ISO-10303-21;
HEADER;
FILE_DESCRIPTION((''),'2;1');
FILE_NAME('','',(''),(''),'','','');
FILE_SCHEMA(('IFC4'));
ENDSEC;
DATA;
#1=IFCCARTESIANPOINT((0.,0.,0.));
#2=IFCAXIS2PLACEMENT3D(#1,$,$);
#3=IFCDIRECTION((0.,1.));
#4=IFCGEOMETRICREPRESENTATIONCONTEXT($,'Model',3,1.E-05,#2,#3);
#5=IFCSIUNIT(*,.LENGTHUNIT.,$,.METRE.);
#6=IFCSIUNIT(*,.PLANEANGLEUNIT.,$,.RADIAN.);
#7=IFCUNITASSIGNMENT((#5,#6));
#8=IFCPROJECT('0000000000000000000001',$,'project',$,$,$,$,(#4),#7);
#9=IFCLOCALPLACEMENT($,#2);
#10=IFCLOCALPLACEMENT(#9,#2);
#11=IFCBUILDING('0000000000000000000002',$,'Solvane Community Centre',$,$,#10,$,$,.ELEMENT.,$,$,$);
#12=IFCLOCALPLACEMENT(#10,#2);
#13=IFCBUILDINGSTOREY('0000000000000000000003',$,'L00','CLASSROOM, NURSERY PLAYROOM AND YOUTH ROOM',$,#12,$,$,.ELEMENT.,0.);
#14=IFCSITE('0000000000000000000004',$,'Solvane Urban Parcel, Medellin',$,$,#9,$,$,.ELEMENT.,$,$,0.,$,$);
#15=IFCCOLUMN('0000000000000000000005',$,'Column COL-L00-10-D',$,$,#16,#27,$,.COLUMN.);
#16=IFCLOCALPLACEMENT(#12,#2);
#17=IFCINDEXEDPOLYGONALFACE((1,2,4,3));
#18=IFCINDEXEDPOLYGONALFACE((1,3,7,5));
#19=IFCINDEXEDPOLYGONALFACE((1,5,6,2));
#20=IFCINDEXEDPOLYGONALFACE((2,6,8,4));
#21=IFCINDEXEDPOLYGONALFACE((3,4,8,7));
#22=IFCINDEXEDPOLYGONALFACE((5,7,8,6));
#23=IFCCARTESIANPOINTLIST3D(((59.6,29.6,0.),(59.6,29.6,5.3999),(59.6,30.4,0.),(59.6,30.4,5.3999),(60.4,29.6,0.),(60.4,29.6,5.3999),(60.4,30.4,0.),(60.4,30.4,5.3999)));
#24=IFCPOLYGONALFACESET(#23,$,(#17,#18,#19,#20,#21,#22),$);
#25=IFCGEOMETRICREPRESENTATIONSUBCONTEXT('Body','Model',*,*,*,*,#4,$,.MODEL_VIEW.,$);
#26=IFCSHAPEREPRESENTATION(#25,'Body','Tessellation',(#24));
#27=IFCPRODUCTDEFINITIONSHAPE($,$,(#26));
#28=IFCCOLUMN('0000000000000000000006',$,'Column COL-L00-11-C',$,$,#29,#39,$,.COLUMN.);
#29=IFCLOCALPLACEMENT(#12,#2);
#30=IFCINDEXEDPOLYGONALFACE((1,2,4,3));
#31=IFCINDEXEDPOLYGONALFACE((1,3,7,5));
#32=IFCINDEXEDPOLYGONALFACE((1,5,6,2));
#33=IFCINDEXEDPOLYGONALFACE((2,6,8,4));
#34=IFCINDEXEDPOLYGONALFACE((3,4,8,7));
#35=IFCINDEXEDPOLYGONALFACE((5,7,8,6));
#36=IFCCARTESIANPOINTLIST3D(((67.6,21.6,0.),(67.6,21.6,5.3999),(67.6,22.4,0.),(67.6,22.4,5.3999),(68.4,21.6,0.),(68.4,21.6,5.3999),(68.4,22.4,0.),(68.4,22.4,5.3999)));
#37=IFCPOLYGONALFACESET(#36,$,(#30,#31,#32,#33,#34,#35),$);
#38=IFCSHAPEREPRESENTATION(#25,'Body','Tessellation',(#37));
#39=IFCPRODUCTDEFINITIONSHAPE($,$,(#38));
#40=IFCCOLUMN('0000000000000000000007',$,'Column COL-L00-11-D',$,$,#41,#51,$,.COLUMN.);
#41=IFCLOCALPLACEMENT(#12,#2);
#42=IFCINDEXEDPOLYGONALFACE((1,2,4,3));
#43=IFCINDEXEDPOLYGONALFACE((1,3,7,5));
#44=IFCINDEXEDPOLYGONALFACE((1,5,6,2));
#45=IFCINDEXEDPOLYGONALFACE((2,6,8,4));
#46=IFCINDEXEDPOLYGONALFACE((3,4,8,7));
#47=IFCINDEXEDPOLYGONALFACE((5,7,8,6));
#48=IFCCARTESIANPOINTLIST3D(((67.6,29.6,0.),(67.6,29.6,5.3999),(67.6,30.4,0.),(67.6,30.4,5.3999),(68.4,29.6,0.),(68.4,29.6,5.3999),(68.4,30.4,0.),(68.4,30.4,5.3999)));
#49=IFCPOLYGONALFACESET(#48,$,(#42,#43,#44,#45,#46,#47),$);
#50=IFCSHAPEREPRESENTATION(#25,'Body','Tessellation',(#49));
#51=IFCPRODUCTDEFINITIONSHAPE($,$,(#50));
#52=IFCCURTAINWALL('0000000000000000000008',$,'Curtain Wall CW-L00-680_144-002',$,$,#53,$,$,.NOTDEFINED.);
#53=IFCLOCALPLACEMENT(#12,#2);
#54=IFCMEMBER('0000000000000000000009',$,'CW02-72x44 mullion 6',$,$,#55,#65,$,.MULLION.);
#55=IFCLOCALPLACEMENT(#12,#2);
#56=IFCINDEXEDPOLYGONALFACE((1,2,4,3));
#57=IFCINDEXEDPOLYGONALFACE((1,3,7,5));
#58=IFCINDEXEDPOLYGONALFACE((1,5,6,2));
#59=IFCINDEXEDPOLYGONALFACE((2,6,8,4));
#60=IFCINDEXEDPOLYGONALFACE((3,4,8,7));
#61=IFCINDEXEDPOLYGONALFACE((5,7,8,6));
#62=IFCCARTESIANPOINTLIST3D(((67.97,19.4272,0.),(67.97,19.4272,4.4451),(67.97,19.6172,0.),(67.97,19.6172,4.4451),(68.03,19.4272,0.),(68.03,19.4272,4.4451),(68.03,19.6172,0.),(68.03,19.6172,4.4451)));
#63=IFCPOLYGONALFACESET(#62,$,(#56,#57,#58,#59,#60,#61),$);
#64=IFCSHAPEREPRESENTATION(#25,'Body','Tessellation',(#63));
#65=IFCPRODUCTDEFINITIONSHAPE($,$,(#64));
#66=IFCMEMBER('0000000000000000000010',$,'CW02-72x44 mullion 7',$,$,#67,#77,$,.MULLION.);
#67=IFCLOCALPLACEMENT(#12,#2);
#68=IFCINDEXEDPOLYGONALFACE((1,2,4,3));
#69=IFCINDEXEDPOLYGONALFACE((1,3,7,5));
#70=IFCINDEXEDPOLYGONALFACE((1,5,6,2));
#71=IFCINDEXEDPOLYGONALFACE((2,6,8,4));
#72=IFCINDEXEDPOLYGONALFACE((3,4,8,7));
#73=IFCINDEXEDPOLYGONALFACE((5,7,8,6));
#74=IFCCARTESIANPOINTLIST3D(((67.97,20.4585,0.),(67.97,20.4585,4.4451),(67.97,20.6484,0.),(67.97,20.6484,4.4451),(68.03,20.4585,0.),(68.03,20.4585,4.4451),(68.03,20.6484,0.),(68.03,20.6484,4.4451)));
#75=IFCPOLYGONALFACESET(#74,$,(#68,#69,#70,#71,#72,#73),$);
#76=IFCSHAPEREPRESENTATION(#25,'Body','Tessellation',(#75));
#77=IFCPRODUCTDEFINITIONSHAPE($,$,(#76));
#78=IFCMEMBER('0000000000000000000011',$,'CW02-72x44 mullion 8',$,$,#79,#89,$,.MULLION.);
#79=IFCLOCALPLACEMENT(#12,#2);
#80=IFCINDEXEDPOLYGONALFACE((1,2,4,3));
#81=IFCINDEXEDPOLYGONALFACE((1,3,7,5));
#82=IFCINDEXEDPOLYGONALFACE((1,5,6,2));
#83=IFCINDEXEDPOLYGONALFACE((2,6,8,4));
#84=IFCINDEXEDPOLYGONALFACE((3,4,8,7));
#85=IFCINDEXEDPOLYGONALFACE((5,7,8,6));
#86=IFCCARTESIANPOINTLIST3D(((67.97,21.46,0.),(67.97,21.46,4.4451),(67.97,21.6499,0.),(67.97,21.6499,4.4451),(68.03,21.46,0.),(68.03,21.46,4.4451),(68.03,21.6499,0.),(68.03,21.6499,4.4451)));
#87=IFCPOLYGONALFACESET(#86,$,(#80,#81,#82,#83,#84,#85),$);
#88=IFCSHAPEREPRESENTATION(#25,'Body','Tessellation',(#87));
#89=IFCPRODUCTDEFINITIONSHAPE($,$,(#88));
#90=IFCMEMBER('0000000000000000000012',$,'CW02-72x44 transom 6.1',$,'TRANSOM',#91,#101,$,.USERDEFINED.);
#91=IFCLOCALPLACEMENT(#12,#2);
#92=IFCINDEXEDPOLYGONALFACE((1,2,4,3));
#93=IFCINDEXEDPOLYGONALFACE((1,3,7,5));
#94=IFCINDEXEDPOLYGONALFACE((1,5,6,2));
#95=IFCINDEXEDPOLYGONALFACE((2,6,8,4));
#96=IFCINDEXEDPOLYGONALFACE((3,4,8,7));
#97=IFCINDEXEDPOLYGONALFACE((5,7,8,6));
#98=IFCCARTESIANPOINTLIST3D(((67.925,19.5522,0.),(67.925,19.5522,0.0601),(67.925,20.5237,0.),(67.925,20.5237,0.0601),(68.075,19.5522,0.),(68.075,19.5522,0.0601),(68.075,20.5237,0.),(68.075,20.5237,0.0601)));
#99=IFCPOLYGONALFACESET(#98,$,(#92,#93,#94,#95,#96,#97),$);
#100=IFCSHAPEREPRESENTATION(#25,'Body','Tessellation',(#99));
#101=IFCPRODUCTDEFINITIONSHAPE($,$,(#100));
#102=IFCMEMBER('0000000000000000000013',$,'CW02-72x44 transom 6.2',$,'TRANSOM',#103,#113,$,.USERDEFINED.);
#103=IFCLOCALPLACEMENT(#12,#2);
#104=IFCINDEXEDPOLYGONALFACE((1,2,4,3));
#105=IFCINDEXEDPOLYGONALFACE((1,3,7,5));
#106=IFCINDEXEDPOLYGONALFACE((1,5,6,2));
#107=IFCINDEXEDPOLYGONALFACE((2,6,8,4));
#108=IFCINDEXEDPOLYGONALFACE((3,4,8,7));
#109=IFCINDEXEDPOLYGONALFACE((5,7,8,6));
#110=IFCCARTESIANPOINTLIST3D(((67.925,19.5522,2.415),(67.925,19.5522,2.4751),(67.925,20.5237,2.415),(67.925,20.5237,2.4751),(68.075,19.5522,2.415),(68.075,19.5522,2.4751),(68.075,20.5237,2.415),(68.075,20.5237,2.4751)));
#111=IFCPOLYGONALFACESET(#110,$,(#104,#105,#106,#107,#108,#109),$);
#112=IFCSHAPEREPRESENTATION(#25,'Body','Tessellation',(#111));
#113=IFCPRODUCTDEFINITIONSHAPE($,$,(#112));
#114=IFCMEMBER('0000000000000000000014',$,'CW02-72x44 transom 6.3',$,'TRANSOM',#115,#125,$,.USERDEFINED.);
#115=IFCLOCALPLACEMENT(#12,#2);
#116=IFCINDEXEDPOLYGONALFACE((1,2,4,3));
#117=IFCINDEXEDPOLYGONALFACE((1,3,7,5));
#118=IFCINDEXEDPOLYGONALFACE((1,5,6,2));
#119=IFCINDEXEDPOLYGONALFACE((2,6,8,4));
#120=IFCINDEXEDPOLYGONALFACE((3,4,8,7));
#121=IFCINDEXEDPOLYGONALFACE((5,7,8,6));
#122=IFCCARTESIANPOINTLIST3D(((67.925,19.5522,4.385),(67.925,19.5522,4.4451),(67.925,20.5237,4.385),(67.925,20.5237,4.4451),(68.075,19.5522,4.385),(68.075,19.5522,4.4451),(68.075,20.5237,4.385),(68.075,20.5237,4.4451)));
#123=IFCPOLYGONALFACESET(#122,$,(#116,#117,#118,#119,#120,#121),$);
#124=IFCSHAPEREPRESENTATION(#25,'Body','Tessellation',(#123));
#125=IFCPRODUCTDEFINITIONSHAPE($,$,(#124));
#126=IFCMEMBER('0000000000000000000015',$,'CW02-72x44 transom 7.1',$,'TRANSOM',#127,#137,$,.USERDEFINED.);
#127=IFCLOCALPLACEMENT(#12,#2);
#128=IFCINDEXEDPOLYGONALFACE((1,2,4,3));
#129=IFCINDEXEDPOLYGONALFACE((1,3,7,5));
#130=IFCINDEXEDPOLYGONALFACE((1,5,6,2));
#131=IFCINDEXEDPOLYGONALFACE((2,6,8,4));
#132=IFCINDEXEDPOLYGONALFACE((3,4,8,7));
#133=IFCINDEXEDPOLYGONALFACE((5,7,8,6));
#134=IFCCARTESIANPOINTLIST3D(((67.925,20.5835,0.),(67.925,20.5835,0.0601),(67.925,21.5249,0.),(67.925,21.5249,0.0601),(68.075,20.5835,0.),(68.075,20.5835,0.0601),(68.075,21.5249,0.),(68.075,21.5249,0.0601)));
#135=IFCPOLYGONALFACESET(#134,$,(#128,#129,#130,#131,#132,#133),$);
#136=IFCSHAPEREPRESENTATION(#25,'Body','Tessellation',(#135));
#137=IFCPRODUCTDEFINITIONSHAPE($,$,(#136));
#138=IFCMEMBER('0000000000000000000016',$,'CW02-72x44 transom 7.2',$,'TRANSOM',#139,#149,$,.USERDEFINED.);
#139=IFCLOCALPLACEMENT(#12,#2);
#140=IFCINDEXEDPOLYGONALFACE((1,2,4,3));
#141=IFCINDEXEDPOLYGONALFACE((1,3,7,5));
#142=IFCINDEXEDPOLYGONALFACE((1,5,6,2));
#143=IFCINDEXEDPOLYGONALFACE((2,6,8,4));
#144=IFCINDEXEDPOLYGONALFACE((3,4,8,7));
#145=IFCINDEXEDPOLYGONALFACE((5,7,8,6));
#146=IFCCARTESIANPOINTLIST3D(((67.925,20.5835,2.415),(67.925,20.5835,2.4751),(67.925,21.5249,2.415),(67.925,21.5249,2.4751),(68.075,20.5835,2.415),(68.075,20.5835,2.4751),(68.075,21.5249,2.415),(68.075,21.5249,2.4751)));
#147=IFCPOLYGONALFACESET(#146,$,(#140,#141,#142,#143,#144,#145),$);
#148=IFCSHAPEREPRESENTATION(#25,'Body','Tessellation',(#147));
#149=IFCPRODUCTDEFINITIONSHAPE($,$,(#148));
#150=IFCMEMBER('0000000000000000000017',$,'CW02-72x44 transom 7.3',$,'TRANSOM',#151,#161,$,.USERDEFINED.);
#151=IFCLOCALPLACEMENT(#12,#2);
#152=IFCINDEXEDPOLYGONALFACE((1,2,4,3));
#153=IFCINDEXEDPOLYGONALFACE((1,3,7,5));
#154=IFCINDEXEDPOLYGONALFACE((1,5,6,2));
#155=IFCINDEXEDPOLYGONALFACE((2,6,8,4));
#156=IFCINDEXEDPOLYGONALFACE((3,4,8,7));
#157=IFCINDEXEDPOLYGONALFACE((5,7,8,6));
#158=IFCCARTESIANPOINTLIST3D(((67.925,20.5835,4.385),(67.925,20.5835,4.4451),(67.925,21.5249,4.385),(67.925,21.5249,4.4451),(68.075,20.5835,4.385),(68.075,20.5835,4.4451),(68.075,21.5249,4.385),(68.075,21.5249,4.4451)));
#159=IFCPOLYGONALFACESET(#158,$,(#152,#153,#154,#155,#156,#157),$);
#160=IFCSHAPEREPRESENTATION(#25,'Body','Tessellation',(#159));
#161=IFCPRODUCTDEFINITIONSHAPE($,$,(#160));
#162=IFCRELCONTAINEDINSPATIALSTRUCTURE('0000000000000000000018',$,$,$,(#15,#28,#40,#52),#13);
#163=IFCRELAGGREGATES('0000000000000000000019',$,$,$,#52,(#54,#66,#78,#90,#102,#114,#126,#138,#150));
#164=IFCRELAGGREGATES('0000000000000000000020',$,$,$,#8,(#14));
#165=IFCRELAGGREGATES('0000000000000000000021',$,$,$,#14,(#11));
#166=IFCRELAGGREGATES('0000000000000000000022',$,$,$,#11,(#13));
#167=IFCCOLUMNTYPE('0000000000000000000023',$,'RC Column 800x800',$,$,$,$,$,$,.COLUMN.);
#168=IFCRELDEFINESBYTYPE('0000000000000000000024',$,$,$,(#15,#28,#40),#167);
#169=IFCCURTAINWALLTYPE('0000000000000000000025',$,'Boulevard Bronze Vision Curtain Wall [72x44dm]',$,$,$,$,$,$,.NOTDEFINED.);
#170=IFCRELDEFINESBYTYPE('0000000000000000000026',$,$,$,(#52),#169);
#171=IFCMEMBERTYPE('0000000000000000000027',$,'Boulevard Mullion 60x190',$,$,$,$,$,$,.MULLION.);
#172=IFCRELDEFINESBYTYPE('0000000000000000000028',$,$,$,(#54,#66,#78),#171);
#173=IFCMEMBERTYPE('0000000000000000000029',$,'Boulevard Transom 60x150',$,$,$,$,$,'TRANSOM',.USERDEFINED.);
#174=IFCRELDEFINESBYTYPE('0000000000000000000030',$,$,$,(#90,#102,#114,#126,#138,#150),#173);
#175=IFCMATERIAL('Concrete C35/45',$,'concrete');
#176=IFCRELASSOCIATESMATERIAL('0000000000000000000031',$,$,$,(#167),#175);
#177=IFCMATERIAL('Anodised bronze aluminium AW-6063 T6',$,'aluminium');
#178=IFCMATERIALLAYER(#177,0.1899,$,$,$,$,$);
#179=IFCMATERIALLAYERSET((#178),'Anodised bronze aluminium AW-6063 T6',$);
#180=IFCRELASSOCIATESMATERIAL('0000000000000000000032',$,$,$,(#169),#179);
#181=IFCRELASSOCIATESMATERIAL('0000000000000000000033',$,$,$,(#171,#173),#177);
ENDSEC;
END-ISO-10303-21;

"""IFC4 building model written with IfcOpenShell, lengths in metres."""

from ifc_helpers import new_model, si_unit, direction, frame, origin, origin_2d, place, context, subcontext, project, spatial, rectangle, extrude, material, layer, layer_set, material_profile, profile_set, type_object, element, aggregate, save


model = new_model("IFC4")

# Units and contexts
model_context = context("Model", 3, precision=1e-05, world=origin(), true_north=direction((0.0, 1.0)))
body_context = subcontext(model_context, "Body", "Model", "MODEL_VIEW")
ifc_project = project(units=[si_unit("LENGTHUNIT", "METRE"), si_unit("PLANEANGLEUNIT", "RADIAN")], contexts=[model_context])

# Site, building, storey
site_placement = place(None, origin())
site = spatial("IfcSite", under=ifc_project, at=site_placement, Name="Solvane Urban Parcel, Medellin", CompositionType="ELEMENT", RefElevation=0.0)
building_placement = place(site_placement, origin())
building = spatial("IfcBuilding", under=site, at=building_placement, Name="Solvane Community Centre", CompositionType="ELEMENT")
storey_placement = place(building_placement, origin())
storey = spatial("IfcBuildingStorey", under=building, at=storey_placement, Name="L00", Description="CLASSROOM, NURSERY PLAYROOM AND YOUTH ROOM", CompositionType="ELEMENT", Elevation=0.0)

# Columns
ifc_material_1 = material(Name="Concrete C35/45", Category="concrete")
ifc_material_profile_1 = material_profile(ifc_material_1, rectangle(XDim=0.8, YDim=0.8, at=origin_2d()), Name="RC 800x800")
ifc_profile_set_1 = profile_set([ifc_material_profile_1], Name="Concrete C35/45")
column_type = type_object("IfcColumnType", Name="RC Column 800x800", PredefinedType="COLUMN", material=ifc_profile_set_1)
for number, where, z_axis, x_axis, name in (
    (1, (60.0, 30.0, 0.0), (0.0, 0.0, 1.0), (1.0, 0.0, 0.0), "Column COL-L00-10-D"),
    (2, (68.0, 22.0, 0.0), (0.0, 0.0, 1.0), (1.0, 0.0, 0.0), "Column COL-L00-11-C"),
    (3, (68.0, 30.0, 0.0), (0.0, 0.0, 1.0), (1.0, 0.0, 0.0), "Column COL-L00-11-D"),
):
    element("IfcColumn", number, at=place(storey_placement, frame(where, z_axis=z_axis, x_axis=x_axis)), inside=storey, type_object=column_type, Name=name, PredefinedType="COLUMN", context=body_context, shape_type="SweptSolid", body=[
        extrude(rectangle(XDim=0.8, YDim=0.8, at=origin_2d()), origin(), (0.0, 0.0, 1.0), 5.3999),
    ])

# Curtain wall, members
ifc_material_2 = material(Name="Anodised bronze aluminium AW-6063 T6", Category="aluminium")
ifc_layer_1 = layer(ifc_material_2, 0.1899)
ifc_layer_set_1 = layer_set([ifc_layer_1], Name="Anodised bronze aluminium AW-6063 T6")
curtain_wall_type = type_object("IfcCurtainWallType", Name="Boulevard Bronze Vision Curtain Wall [72x44dm]", PredefinedType="NOTDEFINED", material=ifc_layer_set_1)
curtain_wall_placement = place(storey_placement, origin())
curtain_wall = element("IfcCurtainWall", 4, at=curtain_wall_placement, inside=storey, type_object=curtain_wall_type, Name="Curtain Wall CW-L00-680_144-002", PredefinedType="NOTDEFINED")
ifc_material_profile_2 = material_profile(ifc_material_2, rectangle(XDim=0.0601, YDim=0.1899, at=origin_2d()), Name="CW-M 60x190")
ifc_profile_set_2 = profile_set([ifc_material_profile_2], Name="Anodised bronze aluminium AW-6063 T6")
member_type_1 = type_object("IfcMemberType", Name="Boulevard Mullion 60x190", PredefinedType="MULLION", material=ifc_profile_set_2)
member_1_placement = place(storey_placement, frame((68.0, 19.5222, 0.0), z_axis=(0.0, 0.0, 1.0), x_axis=(-1.0, 0.0, 0.0)))
member_1 = element("IfcMember", 5, at=member_1_placement, type_object=member_type_1, Name="CW02-72x44 mullion 6", PredefinedType="MULLION", context=body_context, shape_type="SweptSolid", body=[
    extrude(rectangle(XDim=0.0601, YDim=0.1899, at=origin_2d()), origin(), (0.0, 0.0, 1.0), 4.4451),
])
member_2_placement = place(storey_placement, frame((68.0, 20.5535, 0.0), z_axis=(0.0, 0.0, 1.0), x_axis=(-1.0, 0.0, 0.0)))
member_2 = element("IfcMember", 6, at=member_2_placement, type_object=member_type_1, Name="CW02-72x44 mullion 7", PredefinedType="MULLION", context=body_context, shape_type="SweptSolid", body=[
    extrude(rectangle(XDim=0.0601, YDim=0.1899, at=origin_2d()), origin(), (0.0, 0.0, 1.0), 4.4451),
])
member_3_placement = place(storey_placement, frame((68.0, 21.5549, 0.0), z_axis=(0.0, 0.0, 1.0), x_axis=(-1.0, 0.0, 0.0)))
member_3 = element("IfcMember", 7, at=member_3_placement, type_object=member_type_1, Name="CW02-72x44 mullion 8", PredefinedType="MULLION", context=body_context, shape_type="SweptSolid", body=[
    extrude(rectangle(XDim=0.0601, YDim=0.1899, at=origin_2d()), origin(), (0.0, 0.0, 1.0), 4.4451),
])
ifc_material_profile_3 = material_profile(ifc_material_2, rectangle(XDim=0.1499, YDim=0.0601, at=origin_2d()), Name="CW-T 60x150")
ifc_profile_set_3 = profile_set([ifc_material_profile_3], Name="Anodised bronze aluminium AW-6063 T6")
member_type_2 = type_object("IfcMemberType", Name="Boulevard Transom 60x150", ElementType="TRANSOM", PredefinedType="USERDEFINED", material=ifc_profile_set_3)
member_4_placement = place(storey_placement, frame((68.0, 19.5522, 0.03), z_axis=(0.0, 1.0, 0.0), x_axis=(-1.0, 0.0, 0.0)))
member_4 = element("IfcMember", 8, at=member_4_placement, type_object=member_type_2, Name="CW02-72x44 transom 6.1", ObjectType="TRANSOM", PredefinedType="USERDEFINED", context=body_context, shape_type="SweptSolid", body=[
    extrude(rectangle(XDim=0.1499, YDim=0.0601, at=origin_2d()), origin(), (0.0, 0.0, 1.0), 0.9714),
])
member_5_placement = place(storey_placement, frame((68.0, 19.5522, 2.4451), z_axis=(0.0, 1.0, 0.0), x_axis=(-1.0, 0.0, 0.0)))
member_5 = element("IfcMember", 9, at=member_5_placement, type_object=member_type_2, Name="CW02-72x44 transom 6.2", ObjectType="TRANSOM", PredefinedType="USERDEFINED", context=body_context, shape_type="SweptSolid", body=[
    extrude(rectangle(XDim=0.1499, YDim=0.0601, at=origin_2d()), origin(), (0.0, 0.0, 1.0), 0.9714),
])
member_6_placement = place(storey_placement, frame((68.0, 19.5522, 4.415), z_axis=(0.0, 1.0, 0.0), x_axis=(-1.0, 0.0, 0.0)))
member_6 = element("IfcMember", 10, at=member_6_placement, type_object=member_type_2, Name="CW02-72x44 transom 6.3", ObjectType="TRANSOM", PredefinedType="USERDEFINED", context=body_context, shape_type="SweptSolid", body=[
    extrude(rectangle(XDim=0.1499, YDim=0.0601, at=origin_2d()), origin(), (0.0, 0.0, 1.0), 0.9714),
])
member_7_placement = place(storey_placement, frame((68.0, 20.5835, 0.03), z_axis=(0.0, 1.0, 0.0), x_axis=(-1.0, 0.0, 0.0)))
member_7 = element("IfcMember", 11, at=member_7_placement, type_object=member_type_2, Name="CW02-72x44 transom 7.1", ObjectType="TRANSOM", PredefinedType="USERDEFINED", context=body_context, shape_type="SweptSolid", body=[
    extrude(rectangle(XDim=0.1499, YDim=0.0601, at=origin_2d()), origin(), (0.0, 0.0, 1.0), 0.9414),
])
member_8_placement = place(storey_placement, frame((68.0, 20.5835, 2.4451), z_axis=(0.0, 1.0, 0.0), x_axis=(-1.0, 0.0, 0.0)))
member_8 = element("IfcMember", 12, at=member_8_placement, type_object=member_type_2, Name="CW02-72x44 transom 7.2", ObjectType="TRANSOM", PredefinedType="USERDEFINED", context=body_context, shape_type="SweptSolid", body=[
    extrude(rectangle(XDim=0.1499, YDim=0.0601, at=origin_2d()), origin(), (0.0, 0.0, 1.0), 0.9414),
])
member_9_placement = place(storey_placement, frame((68.0, 20.5835, 4.415), z_axis=(0.0, 1.0, 0.0), x_axis=(-1.0, 0.0, 0.0)))
member_9 = element("IfcMember", 13, at=member_9_placement, type_object=member_type_2, Name="CW02-72x44 transom 7.3", ObjectType="TRANSOM", PredefinedType="USERDEFINED", context=body_context, shape_type="SweptSolid", body=[
    extrude(rectangle(XDim=0.1499, YDim=0.0601, at=origin_2d()), origin(), (0.0, 0.0, 1.0), 0.9414),
])

aggregate(curtain_wall, [member_1, member_2, member_3, member_4, member_5, member_6, member_7, member_8, member_9])

save(model, "model.ifc")
